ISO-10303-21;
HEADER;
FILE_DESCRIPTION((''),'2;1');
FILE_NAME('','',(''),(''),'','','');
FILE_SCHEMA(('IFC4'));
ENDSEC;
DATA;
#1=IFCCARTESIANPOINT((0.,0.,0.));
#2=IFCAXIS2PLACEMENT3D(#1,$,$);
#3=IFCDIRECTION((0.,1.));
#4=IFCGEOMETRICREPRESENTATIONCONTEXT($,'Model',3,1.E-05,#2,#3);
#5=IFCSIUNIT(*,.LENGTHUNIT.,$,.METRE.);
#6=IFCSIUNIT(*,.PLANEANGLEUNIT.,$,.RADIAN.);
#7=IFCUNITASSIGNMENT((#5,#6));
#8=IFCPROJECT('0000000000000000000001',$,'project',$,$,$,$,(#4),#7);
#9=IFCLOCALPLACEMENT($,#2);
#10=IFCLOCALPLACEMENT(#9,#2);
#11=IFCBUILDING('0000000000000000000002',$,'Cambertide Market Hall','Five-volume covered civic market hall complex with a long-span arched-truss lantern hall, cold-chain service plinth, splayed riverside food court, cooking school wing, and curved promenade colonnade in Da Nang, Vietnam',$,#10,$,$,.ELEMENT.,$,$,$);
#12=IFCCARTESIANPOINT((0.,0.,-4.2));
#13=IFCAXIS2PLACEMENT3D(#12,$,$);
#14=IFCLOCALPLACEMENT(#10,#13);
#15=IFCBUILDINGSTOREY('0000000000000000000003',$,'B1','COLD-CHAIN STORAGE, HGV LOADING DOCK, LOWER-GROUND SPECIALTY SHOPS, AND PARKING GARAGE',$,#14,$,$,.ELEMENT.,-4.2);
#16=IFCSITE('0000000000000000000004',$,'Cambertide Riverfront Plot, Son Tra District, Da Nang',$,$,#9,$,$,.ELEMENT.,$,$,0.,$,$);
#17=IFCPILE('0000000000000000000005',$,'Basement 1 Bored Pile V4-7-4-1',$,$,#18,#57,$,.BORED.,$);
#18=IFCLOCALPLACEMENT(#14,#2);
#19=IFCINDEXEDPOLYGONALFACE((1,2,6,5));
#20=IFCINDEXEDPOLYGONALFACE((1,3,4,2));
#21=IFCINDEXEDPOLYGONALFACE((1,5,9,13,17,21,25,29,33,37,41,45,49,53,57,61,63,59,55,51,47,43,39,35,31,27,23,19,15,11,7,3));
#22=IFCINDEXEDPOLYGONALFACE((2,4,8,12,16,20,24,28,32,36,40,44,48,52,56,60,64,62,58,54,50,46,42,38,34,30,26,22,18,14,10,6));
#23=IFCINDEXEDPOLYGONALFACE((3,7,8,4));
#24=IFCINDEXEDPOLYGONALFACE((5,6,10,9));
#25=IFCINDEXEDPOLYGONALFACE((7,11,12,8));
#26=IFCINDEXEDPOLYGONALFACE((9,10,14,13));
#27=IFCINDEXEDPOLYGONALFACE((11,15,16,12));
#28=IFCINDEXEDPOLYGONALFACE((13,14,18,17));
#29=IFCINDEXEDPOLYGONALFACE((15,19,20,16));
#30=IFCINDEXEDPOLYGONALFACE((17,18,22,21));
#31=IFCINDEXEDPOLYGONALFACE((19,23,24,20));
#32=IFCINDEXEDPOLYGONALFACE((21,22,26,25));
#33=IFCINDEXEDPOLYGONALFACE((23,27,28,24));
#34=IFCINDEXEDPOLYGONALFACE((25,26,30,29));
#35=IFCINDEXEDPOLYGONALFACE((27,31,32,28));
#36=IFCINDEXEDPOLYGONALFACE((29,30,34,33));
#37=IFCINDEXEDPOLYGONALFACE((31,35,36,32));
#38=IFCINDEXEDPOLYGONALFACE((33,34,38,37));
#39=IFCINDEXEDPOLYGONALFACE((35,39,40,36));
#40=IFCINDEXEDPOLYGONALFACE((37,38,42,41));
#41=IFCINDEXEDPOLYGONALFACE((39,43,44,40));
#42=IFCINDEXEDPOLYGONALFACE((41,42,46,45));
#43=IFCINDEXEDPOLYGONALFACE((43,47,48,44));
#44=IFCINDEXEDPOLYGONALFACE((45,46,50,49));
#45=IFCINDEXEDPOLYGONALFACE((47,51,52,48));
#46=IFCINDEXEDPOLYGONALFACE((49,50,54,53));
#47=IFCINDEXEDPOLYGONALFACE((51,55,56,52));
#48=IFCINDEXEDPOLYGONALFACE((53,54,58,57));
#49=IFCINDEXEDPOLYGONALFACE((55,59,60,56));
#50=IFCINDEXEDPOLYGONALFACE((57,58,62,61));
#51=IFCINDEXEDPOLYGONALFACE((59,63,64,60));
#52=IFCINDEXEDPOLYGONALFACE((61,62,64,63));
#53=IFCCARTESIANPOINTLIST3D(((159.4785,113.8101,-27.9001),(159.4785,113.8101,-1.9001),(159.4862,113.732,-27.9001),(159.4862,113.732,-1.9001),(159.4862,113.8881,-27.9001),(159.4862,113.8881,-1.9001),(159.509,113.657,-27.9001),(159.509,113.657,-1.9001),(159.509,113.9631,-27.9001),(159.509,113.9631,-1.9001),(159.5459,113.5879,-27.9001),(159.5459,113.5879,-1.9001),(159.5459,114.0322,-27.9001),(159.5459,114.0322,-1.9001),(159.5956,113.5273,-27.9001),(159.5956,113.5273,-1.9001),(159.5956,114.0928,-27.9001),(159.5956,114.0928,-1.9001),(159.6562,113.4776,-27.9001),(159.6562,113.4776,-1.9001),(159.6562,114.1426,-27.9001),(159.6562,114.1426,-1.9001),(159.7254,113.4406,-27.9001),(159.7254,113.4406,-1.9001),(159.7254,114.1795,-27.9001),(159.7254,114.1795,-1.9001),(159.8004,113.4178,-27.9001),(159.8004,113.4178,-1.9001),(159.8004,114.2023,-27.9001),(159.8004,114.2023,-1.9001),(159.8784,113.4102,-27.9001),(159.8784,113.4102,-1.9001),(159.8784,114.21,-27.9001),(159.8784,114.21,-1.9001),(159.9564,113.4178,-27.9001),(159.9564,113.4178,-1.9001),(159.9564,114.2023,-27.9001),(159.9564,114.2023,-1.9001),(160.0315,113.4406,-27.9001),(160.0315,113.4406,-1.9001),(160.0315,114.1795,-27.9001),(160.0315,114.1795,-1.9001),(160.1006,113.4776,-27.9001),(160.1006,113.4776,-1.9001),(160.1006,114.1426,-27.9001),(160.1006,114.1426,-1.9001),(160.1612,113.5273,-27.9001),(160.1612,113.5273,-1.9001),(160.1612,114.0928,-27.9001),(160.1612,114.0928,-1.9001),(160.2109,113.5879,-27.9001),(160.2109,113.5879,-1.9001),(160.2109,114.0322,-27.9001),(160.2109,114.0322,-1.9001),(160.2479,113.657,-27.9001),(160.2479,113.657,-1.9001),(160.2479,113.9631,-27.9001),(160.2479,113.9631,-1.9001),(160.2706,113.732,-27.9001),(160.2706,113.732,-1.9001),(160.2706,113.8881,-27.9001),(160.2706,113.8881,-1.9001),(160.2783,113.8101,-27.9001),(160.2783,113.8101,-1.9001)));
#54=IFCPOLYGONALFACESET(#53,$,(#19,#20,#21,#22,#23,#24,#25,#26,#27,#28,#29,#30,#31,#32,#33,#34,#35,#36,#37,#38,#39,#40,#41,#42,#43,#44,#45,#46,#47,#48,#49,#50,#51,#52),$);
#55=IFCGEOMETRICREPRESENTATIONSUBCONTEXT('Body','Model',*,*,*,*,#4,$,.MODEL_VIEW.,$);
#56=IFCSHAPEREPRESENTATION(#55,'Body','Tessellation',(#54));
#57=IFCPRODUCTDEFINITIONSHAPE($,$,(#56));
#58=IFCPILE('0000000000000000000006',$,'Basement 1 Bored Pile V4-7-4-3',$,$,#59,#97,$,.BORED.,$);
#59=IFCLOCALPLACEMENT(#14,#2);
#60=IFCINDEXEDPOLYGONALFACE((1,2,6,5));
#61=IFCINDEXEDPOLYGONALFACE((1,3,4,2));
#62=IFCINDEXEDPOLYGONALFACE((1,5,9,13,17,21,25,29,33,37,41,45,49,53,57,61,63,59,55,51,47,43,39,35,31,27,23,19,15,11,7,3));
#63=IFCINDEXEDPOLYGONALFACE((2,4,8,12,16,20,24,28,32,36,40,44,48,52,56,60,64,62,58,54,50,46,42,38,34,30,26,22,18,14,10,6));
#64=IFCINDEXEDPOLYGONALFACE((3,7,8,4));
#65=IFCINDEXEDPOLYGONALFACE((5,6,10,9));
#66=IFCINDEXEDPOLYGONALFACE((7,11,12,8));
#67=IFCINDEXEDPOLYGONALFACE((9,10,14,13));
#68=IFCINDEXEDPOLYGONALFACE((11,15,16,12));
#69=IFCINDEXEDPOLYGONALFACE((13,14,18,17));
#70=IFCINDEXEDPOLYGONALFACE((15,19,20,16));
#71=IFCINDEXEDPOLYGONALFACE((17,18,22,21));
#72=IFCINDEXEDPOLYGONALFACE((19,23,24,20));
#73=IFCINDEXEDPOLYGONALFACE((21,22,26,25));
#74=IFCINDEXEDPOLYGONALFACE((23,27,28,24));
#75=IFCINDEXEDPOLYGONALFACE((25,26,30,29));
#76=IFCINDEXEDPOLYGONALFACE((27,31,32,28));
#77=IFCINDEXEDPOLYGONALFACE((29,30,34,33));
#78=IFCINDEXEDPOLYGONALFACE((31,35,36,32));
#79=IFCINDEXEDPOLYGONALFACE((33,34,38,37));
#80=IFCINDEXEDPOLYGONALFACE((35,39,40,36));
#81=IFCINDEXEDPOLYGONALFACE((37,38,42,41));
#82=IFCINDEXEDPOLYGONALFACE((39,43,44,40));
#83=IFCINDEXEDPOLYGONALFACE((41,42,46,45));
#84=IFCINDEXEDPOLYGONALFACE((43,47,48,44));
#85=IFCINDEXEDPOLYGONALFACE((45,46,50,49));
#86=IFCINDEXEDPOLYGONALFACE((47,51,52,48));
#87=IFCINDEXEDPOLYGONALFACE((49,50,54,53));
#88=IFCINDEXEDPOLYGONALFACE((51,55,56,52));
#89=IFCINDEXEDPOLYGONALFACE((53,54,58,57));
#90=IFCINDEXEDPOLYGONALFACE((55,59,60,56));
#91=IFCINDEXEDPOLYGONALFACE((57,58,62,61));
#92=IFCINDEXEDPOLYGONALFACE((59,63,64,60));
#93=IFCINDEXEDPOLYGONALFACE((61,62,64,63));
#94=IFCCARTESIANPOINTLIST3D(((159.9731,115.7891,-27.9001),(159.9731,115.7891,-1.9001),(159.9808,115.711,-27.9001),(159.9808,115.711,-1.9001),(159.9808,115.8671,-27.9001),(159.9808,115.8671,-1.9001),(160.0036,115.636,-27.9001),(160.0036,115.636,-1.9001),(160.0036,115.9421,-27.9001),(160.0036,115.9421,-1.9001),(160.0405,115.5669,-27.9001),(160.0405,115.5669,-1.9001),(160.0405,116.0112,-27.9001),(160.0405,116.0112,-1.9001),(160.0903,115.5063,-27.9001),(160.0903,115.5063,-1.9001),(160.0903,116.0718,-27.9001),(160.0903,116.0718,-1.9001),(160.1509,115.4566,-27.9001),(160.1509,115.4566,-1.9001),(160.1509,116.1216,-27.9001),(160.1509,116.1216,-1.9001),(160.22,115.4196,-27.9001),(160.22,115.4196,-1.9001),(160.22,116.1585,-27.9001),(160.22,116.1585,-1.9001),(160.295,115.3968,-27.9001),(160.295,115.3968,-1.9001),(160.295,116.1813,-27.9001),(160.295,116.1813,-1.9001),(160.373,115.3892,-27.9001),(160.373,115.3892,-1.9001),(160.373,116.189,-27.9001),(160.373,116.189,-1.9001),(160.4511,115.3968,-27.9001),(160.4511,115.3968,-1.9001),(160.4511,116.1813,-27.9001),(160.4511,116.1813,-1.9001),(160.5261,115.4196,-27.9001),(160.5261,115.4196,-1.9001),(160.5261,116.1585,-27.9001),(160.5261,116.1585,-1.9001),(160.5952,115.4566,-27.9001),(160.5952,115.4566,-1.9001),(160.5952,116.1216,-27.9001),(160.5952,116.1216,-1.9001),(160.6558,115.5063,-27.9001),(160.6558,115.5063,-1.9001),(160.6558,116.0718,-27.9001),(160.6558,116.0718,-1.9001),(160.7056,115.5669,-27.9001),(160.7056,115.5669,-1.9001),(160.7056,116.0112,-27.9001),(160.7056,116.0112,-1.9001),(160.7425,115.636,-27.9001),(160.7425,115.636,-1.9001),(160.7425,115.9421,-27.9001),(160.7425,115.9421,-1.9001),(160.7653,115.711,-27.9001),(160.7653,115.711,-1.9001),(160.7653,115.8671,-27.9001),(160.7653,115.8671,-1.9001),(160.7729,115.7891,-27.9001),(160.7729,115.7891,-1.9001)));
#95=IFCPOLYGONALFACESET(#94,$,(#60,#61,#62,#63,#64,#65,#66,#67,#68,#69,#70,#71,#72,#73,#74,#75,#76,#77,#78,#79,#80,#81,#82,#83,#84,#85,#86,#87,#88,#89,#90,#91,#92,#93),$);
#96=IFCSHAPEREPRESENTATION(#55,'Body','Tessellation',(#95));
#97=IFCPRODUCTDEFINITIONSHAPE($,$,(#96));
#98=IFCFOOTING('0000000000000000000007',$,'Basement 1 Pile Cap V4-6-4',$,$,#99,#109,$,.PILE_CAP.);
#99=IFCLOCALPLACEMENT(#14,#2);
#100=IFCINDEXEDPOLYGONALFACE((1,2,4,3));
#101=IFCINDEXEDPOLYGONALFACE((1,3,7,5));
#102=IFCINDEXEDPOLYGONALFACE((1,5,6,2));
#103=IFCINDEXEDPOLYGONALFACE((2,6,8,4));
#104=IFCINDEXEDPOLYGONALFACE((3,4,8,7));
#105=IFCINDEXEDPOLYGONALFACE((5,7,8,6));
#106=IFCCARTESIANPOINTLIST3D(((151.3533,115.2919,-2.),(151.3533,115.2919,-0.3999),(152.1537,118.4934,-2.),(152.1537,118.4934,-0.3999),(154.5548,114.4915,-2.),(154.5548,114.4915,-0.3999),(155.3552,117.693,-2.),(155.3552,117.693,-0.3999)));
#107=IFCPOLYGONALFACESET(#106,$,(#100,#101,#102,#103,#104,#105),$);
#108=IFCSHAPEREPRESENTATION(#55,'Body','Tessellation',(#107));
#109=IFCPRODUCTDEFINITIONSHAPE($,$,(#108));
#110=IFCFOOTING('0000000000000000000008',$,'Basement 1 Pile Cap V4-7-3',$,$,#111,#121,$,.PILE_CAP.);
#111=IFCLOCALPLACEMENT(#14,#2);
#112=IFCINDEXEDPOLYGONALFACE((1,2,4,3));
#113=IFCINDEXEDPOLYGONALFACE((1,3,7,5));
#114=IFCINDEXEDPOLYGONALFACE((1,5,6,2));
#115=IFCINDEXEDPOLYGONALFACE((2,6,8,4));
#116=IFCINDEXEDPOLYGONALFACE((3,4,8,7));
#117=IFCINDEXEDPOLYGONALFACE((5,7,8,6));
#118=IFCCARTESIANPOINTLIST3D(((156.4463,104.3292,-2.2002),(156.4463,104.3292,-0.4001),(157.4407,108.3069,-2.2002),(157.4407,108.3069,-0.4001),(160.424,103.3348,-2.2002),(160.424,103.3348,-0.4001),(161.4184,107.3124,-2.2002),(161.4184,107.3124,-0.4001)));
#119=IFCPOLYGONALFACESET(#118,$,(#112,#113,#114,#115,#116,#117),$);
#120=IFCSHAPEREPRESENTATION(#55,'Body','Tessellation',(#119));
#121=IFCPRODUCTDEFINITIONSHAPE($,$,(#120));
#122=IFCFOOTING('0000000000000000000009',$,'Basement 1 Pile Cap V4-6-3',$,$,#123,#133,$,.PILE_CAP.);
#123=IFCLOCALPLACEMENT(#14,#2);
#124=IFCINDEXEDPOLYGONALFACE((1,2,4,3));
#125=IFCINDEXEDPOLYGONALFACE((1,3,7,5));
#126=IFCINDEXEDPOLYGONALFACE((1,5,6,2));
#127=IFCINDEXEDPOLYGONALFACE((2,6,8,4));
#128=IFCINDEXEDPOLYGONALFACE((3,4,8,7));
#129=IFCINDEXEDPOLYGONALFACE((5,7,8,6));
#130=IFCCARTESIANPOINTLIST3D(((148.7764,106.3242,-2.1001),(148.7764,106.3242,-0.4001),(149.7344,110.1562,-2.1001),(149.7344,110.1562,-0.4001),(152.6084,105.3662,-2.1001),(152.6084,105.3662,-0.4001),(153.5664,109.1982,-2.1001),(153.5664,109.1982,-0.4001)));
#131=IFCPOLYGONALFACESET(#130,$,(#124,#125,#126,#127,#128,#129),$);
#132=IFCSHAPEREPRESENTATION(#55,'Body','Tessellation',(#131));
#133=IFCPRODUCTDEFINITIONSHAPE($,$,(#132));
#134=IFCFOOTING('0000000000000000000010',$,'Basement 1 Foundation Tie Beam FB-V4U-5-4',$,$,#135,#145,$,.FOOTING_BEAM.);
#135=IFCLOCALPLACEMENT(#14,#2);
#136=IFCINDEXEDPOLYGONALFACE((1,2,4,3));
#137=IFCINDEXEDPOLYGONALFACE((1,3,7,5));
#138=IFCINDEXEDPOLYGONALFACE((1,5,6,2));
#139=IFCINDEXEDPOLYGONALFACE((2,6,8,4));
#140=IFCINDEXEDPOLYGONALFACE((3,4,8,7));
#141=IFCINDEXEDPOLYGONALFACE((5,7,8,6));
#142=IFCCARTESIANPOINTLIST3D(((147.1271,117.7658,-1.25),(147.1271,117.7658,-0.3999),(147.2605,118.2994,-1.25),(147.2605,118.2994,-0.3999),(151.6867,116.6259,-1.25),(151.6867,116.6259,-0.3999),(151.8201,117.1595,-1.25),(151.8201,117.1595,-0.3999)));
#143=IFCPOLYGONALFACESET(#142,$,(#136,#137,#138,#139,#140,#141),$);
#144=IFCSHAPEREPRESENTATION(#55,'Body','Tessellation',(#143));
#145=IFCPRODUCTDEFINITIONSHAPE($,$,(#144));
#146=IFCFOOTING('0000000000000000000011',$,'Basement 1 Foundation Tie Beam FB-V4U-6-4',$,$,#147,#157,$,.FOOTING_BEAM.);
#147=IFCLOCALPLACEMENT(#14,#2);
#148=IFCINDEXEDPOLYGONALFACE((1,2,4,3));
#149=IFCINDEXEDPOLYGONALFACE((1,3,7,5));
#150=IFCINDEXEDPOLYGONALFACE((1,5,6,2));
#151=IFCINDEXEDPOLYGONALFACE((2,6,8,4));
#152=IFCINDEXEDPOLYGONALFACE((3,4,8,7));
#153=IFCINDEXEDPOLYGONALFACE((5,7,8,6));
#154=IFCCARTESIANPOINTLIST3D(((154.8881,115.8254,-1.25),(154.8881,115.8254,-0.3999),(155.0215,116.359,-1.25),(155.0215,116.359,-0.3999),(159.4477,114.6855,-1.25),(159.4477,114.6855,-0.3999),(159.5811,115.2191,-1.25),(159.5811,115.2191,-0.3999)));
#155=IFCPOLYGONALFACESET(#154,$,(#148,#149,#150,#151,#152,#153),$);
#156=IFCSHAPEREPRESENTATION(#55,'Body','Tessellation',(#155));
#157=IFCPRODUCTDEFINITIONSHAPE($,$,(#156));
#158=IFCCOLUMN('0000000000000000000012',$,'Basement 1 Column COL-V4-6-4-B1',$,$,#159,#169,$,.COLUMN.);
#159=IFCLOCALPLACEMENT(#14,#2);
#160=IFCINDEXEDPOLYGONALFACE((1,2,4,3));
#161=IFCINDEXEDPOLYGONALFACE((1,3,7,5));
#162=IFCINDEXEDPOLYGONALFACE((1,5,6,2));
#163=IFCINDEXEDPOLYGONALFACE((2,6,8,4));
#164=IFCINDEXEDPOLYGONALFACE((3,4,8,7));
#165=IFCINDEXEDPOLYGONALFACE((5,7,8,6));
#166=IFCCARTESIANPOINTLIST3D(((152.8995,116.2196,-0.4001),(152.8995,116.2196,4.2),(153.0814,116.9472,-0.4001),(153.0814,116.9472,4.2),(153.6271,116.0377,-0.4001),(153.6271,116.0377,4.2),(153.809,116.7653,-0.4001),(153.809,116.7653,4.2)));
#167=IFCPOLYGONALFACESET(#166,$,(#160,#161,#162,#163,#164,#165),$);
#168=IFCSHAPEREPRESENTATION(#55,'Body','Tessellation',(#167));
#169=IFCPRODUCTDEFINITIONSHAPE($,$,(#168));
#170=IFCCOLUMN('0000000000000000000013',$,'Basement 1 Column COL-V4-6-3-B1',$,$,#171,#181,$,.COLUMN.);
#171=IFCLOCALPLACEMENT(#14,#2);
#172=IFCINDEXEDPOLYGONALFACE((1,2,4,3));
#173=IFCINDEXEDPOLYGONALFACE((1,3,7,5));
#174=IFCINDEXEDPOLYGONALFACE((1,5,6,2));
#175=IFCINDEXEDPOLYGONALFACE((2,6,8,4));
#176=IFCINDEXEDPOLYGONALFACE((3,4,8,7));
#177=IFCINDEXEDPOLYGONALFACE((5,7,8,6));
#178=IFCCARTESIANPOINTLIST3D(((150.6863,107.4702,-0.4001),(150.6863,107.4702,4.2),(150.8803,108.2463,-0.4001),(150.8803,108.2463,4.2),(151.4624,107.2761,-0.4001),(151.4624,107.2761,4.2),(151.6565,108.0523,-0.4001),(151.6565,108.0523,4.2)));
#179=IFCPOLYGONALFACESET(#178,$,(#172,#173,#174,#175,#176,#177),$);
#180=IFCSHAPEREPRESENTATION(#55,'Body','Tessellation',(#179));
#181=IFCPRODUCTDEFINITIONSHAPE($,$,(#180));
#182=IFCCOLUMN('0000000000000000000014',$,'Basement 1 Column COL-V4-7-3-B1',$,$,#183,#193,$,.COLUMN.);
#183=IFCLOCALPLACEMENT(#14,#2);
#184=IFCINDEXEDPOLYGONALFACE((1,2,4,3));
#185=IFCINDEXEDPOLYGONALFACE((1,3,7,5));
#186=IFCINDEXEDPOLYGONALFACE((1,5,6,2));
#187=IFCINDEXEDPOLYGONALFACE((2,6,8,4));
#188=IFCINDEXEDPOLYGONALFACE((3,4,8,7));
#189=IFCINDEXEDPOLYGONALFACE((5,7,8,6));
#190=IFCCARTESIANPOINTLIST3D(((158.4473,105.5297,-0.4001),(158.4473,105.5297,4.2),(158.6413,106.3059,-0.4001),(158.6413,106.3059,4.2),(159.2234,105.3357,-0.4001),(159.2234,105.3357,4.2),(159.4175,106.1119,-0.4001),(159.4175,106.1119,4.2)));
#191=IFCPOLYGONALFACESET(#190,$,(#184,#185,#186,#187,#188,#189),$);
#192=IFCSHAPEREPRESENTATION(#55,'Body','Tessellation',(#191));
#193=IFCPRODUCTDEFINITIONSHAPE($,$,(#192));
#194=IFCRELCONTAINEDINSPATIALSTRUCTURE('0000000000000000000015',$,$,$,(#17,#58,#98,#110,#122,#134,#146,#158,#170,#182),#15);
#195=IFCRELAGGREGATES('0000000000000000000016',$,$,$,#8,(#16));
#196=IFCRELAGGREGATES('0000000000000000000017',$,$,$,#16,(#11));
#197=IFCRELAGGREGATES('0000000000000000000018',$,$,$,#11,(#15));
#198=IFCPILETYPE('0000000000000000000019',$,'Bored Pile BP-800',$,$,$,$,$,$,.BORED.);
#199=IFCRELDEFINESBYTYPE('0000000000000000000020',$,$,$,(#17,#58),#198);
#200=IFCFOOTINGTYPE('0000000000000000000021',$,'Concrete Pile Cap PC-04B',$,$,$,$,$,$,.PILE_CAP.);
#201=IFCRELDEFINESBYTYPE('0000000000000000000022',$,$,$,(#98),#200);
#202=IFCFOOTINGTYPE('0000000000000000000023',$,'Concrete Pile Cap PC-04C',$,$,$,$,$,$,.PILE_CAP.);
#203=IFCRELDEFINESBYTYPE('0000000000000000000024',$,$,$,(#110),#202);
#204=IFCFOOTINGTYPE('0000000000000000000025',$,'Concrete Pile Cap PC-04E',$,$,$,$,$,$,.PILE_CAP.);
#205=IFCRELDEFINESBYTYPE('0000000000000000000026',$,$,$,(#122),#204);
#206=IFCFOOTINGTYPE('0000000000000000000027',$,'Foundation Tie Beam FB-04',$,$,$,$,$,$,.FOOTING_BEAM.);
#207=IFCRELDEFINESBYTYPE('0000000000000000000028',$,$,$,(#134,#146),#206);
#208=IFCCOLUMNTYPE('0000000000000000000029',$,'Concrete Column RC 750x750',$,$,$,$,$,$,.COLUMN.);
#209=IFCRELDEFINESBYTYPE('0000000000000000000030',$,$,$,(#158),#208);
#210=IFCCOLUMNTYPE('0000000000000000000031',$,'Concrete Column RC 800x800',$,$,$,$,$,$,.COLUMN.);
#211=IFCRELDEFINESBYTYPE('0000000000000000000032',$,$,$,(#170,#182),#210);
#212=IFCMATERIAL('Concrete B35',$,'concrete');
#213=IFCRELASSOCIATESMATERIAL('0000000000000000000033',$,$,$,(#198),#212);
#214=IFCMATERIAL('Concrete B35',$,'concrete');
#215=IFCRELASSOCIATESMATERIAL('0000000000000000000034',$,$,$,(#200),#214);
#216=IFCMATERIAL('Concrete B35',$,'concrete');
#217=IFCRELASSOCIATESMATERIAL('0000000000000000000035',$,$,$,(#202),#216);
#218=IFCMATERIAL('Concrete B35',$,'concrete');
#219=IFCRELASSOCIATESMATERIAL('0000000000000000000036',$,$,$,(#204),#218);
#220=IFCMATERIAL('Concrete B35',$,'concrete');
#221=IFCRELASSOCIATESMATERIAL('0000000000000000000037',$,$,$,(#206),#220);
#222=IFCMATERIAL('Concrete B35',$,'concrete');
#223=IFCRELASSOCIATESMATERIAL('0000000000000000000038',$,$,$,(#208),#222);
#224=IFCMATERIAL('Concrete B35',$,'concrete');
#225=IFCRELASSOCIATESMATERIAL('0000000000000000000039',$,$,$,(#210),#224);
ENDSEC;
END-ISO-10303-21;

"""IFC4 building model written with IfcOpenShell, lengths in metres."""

from ifc_helpers import new_model, si_unit, direction, frame, origin, origin_2d, place, context, subcontext, project, spatial, rectangle, circle, extrude, material, material_profile, profile_set, type_object, element, save


model = new_model("IFC4")

# Units and contexts
model_context = context("Model", 3, precision=1e-05, world=origin(), true_north=direction((0.0, 1.0)))
body_context = subcontext(model_context, "Body", "Model", "MODEL_VIEW")
ifc_project = project(units=[si_unit("LENGTHUNIT", "METRE"), si_unit("PLANEANGLEUNIT", "RADIAN")], contexts=[model_context])

# Site, building, storey
site_placement = place(None, origin())
site = spatial("IfcSite", under=ifc_project, at=site_placement, Name="Cambertide Riverfront Plot, Son Tra District, Da Nang", CompositionType="ELEMENT", RefElevation=0.0)
building_placement = place(site_placement, origin())
building = spatial("IfcBuilding", under=site, at=building_placement, Name="Cambertide Market Hall", Description="Five-volume covered civic market hall complex with a long-span arched-truss lantern hall, cold-chain service plinth, splayed riverside food court, cooking school wing, and curved promenade colonnade in Da Nang, Vietnam", CompositionType="ELEMENT")
storey_placement = place(building_placement, frame((0.0, 0.0, -4.2)))
storey = spatial("IfcBuildingStorey", under=building, at=storey_placement, Name="B1", Description="COLD-CHAIN STORAGE, HGV LOADING DOCK, LOWER-GROUND SPECIALTY SHOPS, AND PARKING GARAGE", CompositionType="ELEMENT", Elevation=-4.2)

# Piles
ifc_material_1 = material(Name="Concrete B35", Category="concrete")
ifc_material_profile_1 = material_profile(ifc_material_1, circle(Radius=0.3999, at=origin_2d()), Name="BP D800")
ifc_profile_set_1 = profile_set([ifc_material_profile_1], Name="Concrete B35")
pile_type_1 = type_object("IfcPileType", Name="Bored Pile BP-800", PredefinedType="BORED", material=ifc_profile_set_1)
for number, where, z_axis, x_axis, name in (
    (1, (159.8784, 113.8101, -1.9001), (0.0, 0.0, -1.0), (1.0, 0.0, 0.0), "Basement 1 Bored Pile V4-7-4-1"),
    (2, (160.373, 115.7891, -1.9001), (0.0, 0.0, -1.0), (1.0, 0.0, 0.0), "Basement 1 Bored Pile V4-7-4-3"),
):
    element("IfcPile", number, at=place(storey_placement, frame(where, z_axis=z_axis, x_axis=x_axis)), inside=storey, type_object=pile_type_1, Name=name, PredefinedType="BORED", context=body_context, shape_type="SweptSolid", body=[
        extrude(circle(Radius=0.3999, at=origin_2d()), origin(), (0.0, 0.0, 1.0), 26.0),
    ])

# Footings
ifc_material_2 = material(Name="Concrete B35", Category="concrete")
footing_type_1 = type_object("IfcFootingType", Name="Concrete Pile Cap PC-04B", PredefinedType="PILE_CAP", material=ifc_material_2)
footing_1_placement = place(storey_placement, frame((153.3542, 116.4924, -2.0), z_axis=(0.0, 0.0, 1.0), x_axis=(0.970143, -0.242536, 0.0)))
element("IfcFooting", 3, at=footing_1_placement, inside=storey, type_object=footing_type_1, Name="Basement 1 Pile Cap V4-6-4", PredefinedType="PILE_CAP", context=body_context, shape_type="SweptSolid", body=[
    extrude(rectangle(XDim=3.3, YDim=3.3, at=origin_2d()), origin(), (0.0, 0.0, 1.0), 1.6001),
])
ifc_material_3 = material(Name="Concrete B35", Category="concrete")
footing_type_2 = type_object("IfcFootingType", Name="Concrete Pile Cap PC-04C", PredefinedType="PILE_CAP", material=ifc_material_3)
footing_2_placement = place(storey_placement, frame((158.9324, 105.8208, -2.2002), z_axis=(0.0, 0.0, 1.0), x_axis=(0.970143, -0.242536, 0.0)))
element("IfcFooting", 4, at=footing_2_placement, inside=storey, type_object=footing_type_2, Name="Basement 1 Pile Cap V4-7-3", PredefinedType="PILE_CAP", context=body_context, shape_type="SweptSolid", body=[
    extrude(rectangle(XDim=4.1001, YDim=4.1001, at=origin_2d()), origin(), (0.0, 0.0, 1.0), 1.8),
])
ifc_material_4 = material(Name="Concrete B35", Category="concrete")
footing_type_3 = type_object("IfcFootingType", Name="Concrete Pile Cap PC-04E", PredefinedType="PILE_CAP", material=ifc_material_4)
footing_3_placement = place(storey_placement, frame((151.1714, 107.7612, -2.1001), z_axis=(0.0, 0.0, 1.0), x_axis=(0.970143, -0.242536, 0.0)))
element("IfcFooting", 5, at=footing_3_placement, inside=storey, type_object=footing_type_3, Name="Basement 1 Pile Cap V4-6-3", PredefinedType="PILE_CAP", context=body_context, shape_type="SweptSolid", body=[
    extrude(rectangle(XDim=3.95, YDim=3.95, at=origin_2d()), origin(), (0.0, 0.0, 1.0), 1.7),
])
ifc_material_5 = material(Name="Concrete B35", Category="concrete")
footing_type_4 = type_object("IfcFootingType", Name="Foundation Tie Beam FB-04", PredefinedType="FOOTING_BEAM", material=ifc_material_5)
for number, where, z_axis, x_axis, name in (
    (6, (149.4736, 117.4626, -1.25), (0.0, 0.0, 1.0), (0.970143, -0.242536, 0.0), "Basement 1 Foundation Tie Beam FB-V4U-5-4"),
    (7, (157.2346, 115.5222, -1.25), (0.0, 0.0, 1.0), (0.970143, -0.242536, 0.0), "Basement 1 Foundation Tie Beam FB-V4U-6-4"),
):
    element("IfcFooting", number, at=place(storey_placement, frame(where, z_axis=z_axis, x_axis=x_axis)), inside=storey, type_object=footing_type_4, Name=name, PredefinedType="FOOTING_BEAM", context=body_context, shape_type="SweptSolid", body=[
        extrude(rectangle(XDim=4.7, YDim=0.55, at=origin_2d()), origin(), (0.0, 0.0, 1.0), 0.8501),
    ])

# Columns
ifc_material_6 = material(Name="Concrete B35", Category="concrete")
ifc_material_profile_2 = material_profile(ifc_material_6, rectangle(XDim=0.75, YDim=0.75, at=origin_2d()), Name="RC 750x750")
ifc_profile_set_2 = profile_set([ifc_material_profile_2], Name="Concrete B35")
column_type_1 = type_object("IfcColumnType", Name="Concrete Column RC 750x750", PredefinedType="COLUMN", material=ifc_profile_set_2)
column_placement = place(storey_placement, frame((153.3542, 116.4924, -0.4001), z_axis=(0.0, 0.0, 1.0), x_axis=(0.970143, -0.242536, 0.0)))
element("IfcColumn", 8, at=column_placement, inside=storey, type_object=column_type_1, Name="Basement 1 Column COL-V4-6-4-B1", PredefinedType="COLUMN", context=body_context, shape_type="SweptSolid", body=[
    extrude(rectangle(XDim=0.75, YDim=0.75, at=origin_2d()), origin(), (0.0, 0.0, 1.0), 4.6001),
])
ifc_material_7 = material(Name="Concrete B35", Category="concrete")
ifc_material_profile_3 = material_profile(ifc_material_7, rectangle(XDim=0.8, YDim=0.8, at=origin_2d()), Name="RC 800x800")
ifc_profile_set_3 = profile_set([ifc_material_profile_3], Name="Concrete B35")
column_type_2 = type_object("IfcColumnType", Name="Concrete Column RC 800x800", PredefinedType="COLUMN", material=ifc_profile_set_3)
for number, where, z_axis, x_axis, name in (
    (9, (151.1714, 107.7612, -0.4001), (0.0, 0.0, 1.0), (0.970143, -0.242536, 0.0), "Basement 1 Column COL-V4-6-3-B1"),
    (10, (158.9324, 105.8208, -0.4001), (0.0, 0.0, 1.0), (0.970143, -0.242536, 0.0), "Basement 1 Column COL-V4-7-3-B1"),
):
    element("IfcColumn", number, at=place(storey_placement, frame(where, z_axis=z_axis, x_axis=x_axis)), inside=storey, type_object=column_type_2, Name=name, PredefinedType="COLUMN", context=body_context, shape_type="SweptSolid", body=[
        extrude(rectangle(XDim=0.8, YDim=0.8, at=origin_2d()), origin(), (0.0, 0.0, 1.0), 4.6001),
    ])

save(model, "model.ifc")
